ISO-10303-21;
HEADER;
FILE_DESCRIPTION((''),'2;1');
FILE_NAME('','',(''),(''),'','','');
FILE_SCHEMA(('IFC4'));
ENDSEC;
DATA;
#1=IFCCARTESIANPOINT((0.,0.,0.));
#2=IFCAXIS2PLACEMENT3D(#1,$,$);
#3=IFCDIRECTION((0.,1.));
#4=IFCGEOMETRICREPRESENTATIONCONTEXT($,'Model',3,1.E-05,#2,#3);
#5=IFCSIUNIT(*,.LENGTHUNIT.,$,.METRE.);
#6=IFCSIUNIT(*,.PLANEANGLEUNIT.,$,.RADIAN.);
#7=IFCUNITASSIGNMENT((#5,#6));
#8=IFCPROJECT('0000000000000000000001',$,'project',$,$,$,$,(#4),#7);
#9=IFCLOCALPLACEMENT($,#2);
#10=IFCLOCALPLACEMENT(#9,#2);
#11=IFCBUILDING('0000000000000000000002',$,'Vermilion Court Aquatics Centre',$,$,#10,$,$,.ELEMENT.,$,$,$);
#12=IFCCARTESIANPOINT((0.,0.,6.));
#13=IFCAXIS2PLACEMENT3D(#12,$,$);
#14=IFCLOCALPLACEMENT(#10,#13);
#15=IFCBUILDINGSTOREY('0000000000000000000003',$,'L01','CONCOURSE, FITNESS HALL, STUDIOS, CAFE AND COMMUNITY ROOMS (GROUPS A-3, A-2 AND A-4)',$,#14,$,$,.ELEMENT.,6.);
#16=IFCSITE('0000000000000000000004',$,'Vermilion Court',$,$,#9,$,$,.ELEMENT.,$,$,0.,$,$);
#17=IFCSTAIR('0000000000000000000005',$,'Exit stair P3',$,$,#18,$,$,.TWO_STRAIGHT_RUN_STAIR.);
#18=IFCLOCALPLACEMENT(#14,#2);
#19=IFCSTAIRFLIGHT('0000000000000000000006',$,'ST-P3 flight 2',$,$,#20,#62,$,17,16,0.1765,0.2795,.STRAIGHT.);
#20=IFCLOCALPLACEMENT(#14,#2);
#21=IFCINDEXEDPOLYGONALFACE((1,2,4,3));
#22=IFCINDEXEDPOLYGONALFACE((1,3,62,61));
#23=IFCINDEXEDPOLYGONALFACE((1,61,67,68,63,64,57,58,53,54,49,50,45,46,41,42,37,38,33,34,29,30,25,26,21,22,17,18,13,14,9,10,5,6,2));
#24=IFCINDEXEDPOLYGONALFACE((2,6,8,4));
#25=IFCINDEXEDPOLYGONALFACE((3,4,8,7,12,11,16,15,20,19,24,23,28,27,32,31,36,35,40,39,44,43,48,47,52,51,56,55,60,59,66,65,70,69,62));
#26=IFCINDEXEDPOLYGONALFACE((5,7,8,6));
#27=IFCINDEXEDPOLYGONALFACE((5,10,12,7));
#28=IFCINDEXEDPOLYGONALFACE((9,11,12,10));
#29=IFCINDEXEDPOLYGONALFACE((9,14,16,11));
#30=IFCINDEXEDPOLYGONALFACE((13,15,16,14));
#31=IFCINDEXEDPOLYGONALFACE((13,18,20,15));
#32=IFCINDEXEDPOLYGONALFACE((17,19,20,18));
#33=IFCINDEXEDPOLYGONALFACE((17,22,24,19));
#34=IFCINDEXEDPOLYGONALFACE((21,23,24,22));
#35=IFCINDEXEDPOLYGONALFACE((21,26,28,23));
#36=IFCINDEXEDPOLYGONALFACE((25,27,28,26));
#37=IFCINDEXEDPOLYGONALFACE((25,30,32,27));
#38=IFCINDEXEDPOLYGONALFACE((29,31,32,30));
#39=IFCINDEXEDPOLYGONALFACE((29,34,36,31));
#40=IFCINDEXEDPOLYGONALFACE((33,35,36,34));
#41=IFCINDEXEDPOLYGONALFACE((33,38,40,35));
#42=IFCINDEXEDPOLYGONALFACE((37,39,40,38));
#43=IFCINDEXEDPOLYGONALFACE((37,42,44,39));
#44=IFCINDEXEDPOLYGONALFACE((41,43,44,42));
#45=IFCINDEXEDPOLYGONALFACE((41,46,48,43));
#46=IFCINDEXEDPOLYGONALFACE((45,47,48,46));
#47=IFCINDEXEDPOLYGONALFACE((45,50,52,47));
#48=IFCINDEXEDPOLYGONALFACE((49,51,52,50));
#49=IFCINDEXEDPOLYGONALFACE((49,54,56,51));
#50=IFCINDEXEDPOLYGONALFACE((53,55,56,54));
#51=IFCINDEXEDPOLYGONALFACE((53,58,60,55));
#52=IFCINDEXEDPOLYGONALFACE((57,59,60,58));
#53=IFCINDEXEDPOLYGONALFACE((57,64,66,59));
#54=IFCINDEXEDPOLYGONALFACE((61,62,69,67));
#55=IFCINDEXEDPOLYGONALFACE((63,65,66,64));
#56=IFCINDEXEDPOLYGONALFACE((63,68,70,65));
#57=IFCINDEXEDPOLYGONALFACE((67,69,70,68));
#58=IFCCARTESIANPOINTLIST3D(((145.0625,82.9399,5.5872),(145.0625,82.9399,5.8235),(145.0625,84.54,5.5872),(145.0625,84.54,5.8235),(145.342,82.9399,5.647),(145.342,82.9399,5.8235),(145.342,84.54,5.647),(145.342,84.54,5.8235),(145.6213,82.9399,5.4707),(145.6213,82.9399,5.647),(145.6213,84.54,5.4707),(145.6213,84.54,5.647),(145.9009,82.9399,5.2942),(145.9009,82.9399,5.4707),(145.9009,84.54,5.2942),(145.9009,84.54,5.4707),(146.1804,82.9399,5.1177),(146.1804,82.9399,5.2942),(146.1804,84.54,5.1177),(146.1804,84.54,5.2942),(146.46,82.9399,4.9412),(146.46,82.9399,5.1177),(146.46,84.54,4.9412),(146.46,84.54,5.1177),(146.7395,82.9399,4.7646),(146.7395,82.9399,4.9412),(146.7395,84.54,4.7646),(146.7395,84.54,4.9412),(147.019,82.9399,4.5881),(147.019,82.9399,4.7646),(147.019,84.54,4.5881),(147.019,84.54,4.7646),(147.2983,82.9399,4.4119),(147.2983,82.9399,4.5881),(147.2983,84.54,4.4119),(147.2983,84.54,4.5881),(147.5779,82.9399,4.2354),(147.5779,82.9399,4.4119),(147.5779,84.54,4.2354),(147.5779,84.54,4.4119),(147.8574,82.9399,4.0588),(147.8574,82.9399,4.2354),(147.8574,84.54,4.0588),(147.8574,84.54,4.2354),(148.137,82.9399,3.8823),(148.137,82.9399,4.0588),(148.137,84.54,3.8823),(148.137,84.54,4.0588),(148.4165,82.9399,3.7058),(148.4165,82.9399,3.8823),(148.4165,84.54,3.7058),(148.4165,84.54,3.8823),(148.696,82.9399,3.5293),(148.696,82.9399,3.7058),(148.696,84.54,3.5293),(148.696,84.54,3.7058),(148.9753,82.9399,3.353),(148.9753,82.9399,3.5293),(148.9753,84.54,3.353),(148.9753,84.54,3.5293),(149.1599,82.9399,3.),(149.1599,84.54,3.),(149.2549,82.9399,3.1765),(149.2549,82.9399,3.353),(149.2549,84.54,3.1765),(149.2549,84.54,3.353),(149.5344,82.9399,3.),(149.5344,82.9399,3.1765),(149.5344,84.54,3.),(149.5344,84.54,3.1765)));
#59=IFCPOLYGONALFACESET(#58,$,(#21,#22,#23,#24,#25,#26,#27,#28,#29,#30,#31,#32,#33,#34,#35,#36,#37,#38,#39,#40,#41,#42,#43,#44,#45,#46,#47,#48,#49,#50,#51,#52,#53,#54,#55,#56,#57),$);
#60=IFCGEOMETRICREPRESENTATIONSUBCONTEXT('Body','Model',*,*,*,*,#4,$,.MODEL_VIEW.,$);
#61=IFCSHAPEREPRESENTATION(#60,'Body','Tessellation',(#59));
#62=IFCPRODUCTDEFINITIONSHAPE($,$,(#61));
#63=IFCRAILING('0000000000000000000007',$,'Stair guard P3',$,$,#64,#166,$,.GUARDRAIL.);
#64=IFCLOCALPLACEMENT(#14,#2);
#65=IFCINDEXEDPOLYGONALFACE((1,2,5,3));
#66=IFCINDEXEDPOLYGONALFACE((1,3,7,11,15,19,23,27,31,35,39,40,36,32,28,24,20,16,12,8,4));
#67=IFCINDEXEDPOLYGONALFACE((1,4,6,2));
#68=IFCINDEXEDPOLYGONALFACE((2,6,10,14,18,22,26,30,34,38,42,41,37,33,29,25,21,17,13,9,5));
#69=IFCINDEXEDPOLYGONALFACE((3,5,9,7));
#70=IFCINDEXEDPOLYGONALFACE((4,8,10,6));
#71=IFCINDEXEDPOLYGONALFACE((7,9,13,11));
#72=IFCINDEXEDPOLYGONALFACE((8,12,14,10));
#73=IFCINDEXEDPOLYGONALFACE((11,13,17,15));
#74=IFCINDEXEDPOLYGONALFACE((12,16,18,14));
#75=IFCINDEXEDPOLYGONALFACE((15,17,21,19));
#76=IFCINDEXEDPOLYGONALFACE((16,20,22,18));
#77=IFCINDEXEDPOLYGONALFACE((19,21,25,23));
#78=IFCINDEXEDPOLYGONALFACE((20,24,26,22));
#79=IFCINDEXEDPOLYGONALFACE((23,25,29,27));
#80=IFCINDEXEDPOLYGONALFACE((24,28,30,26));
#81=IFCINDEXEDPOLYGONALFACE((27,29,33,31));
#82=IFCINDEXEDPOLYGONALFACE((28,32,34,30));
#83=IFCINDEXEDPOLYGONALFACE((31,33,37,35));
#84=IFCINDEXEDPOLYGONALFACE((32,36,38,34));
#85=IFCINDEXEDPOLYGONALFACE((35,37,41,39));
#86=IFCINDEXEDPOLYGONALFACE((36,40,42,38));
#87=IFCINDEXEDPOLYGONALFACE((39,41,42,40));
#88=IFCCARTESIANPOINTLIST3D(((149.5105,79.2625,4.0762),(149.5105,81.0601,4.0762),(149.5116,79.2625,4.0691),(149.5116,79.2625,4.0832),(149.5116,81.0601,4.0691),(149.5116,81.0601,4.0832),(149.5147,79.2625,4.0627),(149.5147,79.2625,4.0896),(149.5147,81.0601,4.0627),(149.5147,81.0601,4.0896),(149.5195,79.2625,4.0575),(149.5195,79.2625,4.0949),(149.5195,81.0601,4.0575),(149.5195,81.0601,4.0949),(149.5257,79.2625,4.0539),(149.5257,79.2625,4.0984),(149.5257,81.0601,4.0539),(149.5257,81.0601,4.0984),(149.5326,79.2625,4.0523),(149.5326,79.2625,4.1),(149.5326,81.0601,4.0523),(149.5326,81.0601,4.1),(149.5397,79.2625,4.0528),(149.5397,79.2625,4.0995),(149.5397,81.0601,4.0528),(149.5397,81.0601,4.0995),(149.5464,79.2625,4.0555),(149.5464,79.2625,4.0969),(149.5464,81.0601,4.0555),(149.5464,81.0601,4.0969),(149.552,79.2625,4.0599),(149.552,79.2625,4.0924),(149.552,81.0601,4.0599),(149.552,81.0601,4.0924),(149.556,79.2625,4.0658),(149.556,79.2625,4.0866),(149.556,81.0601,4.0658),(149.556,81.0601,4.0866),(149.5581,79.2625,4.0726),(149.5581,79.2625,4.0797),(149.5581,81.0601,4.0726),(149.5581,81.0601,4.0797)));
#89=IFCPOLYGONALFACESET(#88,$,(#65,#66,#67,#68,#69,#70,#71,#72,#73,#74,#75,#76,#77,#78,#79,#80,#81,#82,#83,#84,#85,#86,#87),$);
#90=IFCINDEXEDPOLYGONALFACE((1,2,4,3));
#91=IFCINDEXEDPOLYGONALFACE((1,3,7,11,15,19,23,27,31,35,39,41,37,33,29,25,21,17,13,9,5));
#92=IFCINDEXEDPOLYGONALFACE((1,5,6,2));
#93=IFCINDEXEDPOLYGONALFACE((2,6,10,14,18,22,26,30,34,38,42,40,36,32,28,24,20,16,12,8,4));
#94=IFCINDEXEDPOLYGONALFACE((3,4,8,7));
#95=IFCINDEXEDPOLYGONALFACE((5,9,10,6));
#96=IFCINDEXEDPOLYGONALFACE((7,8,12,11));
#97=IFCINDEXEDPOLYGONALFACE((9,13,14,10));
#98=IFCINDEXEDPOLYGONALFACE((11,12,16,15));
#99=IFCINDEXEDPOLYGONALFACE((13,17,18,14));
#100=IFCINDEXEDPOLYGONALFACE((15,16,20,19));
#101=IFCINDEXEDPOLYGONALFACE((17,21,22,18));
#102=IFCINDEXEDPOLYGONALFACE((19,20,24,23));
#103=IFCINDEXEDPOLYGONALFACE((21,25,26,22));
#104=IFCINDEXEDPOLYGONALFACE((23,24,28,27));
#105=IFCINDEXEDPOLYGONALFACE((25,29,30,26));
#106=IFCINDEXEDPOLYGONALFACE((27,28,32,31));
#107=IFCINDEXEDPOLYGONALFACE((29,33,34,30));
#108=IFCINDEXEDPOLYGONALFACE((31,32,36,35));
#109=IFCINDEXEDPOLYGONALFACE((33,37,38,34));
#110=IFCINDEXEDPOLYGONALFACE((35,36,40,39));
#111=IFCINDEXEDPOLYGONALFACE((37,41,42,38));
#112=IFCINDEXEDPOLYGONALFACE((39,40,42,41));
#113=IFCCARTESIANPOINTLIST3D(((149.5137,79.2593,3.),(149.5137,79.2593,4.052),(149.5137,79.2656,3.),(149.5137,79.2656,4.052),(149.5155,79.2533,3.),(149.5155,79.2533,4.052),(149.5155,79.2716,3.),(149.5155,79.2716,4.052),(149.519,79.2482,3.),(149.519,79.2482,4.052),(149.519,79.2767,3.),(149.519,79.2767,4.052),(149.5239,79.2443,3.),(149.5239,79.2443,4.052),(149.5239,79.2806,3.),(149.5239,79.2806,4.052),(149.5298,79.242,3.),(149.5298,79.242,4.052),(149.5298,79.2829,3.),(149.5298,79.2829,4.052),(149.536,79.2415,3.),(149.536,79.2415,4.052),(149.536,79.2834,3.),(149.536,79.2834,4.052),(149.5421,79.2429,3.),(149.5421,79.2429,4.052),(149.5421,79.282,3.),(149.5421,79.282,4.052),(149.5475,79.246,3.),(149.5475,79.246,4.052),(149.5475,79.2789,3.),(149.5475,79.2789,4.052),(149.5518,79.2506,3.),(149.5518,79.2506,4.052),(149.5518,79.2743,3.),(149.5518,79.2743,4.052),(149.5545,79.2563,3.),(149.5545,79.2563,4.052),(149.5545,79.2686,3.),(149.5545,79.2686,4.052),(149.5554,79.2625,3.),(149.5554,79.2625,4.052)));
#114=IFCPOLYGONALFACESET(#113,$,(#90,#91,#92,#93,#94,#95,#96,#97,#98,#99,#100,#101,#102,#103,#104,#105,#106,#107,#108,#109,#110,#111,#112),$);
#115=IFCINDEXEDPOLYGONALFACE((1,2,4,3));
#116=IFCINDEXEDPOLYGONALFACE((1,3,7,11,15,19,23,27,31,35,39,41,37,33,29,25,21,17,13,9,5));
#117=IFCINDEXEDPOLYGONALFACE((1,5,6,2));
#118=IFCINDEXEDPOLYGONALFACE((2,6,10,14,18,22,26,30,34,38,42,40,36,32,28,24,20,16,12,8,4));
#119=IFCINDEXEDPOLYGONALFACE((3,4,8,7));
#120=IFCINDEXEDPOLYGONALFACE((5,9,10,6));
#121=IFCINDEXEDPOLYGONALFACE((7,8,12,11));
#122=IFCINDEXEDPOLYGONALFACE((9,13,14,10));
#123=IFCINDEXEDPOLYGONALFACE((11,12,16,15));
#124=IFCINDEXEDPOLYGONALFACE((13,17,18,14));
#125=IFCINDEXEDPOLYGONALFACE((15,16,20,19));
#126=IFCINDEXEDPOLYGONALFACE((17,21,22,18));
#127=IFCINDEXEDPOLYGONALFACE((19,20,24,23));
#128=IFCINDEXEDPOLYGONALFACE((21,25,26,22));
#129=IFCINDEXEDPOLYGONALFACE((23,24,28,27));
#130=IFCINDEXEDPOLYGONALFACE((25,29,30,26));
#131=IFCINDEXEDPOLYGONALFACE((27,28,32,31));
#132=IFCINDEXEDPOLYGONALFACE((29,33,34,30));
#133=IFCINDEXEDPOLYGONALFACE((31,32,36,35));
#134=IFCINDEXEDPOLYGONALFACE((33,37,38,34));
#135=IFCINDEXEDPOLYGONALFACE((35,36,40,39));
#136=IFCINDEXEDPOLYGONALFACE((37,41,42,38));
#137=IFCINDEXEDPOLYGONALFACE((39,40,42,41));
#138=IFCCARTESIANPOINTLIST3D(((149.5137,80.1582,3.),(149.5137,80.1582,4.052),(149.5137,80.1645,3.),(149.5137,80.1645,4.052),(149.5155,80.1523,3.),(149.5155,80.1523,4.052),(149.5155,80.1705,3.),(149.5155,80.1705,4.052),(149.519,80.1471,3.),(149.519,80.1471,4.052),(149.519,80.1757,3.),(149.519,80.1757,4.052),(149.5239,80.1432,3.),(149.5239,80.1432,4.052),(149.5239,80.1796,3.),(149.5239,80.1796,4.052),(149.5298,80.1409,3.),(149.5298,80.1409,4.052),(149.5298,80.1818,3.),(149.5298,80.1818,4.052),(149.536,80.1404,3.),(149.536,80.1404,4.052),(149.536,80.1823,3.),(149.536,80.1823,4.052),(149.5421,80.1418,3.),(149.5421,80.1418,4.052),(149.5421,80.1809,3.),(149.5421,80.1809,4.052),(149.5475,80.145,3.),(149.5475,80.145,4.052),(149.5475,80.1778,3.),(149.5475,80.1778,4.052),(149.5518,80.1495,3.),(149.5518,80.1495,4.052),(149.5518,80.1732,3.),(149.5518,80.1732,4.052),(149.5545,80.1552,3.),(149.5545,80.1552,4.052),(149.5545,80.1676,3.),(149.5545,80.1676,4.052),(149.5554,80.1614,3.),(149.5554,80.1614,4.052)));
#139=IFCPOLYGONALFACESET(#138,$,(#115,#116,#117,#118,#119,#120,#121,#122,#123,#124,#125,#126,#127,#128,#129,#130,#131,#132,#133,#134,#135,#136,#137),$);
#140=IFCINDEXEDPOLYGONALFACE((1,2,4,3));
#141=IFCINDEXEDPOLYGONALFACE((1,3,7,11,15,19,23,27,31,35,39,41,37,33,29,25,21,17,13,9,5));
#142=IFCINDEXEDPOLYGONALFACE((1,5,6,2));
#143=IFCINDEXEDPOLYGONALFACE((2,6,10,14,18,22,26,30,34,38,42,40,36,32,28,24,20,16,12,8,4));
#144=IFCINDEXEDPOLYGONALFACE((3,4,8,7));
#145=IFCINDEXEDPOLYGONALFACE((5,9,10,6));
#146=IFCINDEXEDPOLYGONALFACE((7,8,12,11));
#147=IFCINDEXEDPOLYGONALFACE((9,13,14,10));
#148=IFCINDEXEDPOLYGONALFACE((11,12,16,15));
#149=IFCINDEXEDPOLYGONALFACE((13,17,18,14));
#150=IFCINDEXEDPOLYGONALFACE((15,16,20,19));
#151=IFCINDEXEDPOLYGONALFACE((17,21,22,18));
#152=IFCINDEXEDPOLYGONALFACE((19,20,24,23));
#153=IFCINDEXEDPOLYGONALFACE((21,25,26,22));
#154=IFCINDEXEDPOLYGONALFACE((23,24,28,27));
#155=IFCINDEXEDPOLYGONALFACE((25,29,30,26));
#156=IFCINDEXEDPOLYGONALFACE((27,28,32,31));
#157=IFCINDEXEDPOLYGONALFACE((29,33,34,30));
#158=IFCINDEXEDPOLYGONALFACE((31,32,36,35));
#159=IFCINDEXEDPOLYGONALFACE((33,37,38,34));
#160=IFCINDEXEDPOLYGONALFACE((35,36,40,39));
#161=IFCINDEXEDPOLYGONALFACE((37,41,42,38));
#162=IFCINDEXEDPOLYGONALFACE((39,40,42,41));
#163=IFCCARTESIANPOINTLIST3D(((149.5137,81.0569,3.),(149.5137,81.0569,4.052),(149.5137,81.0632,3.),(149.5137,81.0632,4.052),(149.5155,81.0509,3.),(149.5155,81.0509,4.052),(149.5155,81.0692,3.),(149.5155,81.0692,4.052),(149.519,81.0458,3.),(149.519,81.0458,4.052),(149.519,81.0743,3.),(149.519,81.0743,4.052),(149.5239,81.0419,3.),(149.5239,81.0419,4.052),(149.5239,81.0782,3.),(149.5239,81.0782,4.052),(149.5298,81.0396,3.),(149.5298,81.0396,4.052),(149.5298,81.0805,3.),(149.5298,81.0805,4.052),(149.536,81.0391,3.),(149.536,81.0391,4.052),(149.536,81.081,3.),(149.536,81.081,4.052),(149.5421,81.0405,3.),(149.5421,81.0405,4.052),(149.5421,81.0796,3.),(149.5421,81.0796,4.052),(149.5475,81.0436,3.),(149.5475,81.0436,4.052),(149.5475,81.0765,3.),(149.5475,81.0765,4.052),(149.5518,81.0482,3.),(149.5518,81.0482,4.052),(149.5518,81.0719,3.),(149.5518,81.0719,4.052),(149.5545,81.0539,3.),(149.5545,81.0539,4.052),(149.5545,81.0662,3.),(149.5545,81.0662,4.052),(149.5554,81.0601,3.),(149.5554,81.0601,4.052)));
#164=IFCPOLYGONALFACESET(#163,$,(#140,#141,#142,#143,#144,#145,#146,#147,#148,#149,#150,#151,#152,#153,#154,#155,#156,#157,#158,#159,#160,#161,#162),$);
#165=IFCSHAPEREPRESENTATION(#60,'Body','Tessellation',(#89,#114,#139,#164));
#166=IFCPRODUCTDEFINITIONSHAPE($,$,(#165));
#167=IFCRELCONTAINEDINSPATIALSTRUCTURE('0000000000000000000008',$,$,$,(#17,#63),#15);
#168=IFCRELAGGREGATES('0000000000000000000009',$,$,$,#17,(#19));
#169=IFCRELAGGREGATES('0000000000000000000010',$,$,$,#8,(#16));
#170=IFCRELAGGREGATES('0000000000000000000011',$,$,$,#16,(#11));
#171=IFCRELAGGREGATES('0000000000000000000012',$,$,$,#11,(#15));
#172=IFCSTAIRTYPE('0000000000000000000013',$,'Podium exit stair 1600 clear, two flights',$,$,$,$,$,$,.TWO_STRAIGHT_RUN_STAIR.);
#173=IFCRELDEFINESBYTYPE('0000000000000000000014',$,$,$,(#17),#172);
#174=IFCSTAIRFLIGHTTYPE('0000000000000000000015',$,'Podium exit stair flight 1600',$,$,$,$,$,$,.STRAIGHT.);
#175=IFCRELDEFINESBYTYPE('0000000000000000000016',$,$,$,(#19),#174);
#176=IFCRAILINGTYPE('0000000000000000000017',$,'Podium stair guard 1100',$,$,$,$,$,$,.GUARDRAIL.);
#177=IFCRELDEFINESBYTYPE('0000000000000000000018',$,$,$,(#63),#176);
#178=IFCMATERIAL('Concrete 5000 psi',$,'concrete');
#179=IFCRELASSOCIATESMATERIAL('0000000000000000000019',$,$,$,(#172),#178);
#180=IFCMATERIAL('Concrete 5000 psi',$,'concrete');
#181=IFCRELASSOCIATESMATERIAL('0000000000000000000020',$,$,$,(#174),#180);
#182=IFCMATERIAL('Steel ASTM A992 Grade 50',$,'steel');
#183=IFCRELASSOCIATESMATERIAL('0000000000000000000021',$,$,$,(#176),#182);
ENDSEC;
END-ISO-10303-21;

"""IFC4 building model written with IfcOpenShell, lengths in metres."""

from ifc_helpers import new_model, si_unit, direction, frame, origin, origin_2d, place, context, subcontext, project, spatial, polyline, circle, outline, extrude, material, type_object, element, aggregate, save


model = new_model("IFC4")

# Units and contexts
model_context = context("Model", 3, precision=1e-05, world=origin(), true_north=direction((0.0, 1.0)))
body_context = subcontext(model_context, "Body", "Model", "MODEL_VIEW")
ifc_project = project(units=[si_unit("LENGTHUNIT", "METRE"), si_unit("PLANEANGLEUNIT", "RADIAN")], contexts=[model_context])

# Site, building, storey
site_placement = place(None, origin())
site = spatial("IfcSite", under=ifc_project, at=site_placement, Name="Vermilion Court", CompositionType="ELEMENT", RefElevation=0.0)
building_placement = place(site_placement, origin())
building = spatial("IfcBuilding", under=site, at=building_placement, Name="Vermilion Court Aquatics Centre", CompositionType="ELEMENT")
storey_placement = place(building_placement, frame((0.0, 0.0, 6.0)))
storey = spatial("IfcBuildingStorey", under=building, at=storey_placement, Name="L01", Description="CONCOURSE, FITNESS HALL, STUDIOS, CAFE AND COMMUNITY ROOMS (GROUPS A-3, A-2 AND A-4)", CompositionType="ELEMENT", Elevation=6.0)

# Stair, stair flight
ifc_material_1 = material(Name="Concrete 5000 psi", Category="concrete")
stair_type = type_object("IfcStairType", Name="Podium exit stair 1600 clear, two flights", PredefinedType="TWO_STRAIGHT_RUN_STAIR", material=ifc_material_1)
stair_placement = place(storey_placement, origin())
stair = element("IfcStair", 1, at=stair_placement, inside=storey, type_object=stair_type, Name="Exit stair P3", PredefinedType="TWO_STRAIGHT_RUN_STAIR")
ifc_material_2 = material(Name="Concrete 5000 psi", Category="concrete")
stair_flight_type = type_object("IfcStairFlightType", Name="Podium exit stair flight 1600", PredefinedType="STRAIGHT", material=ifc_material_2)
stair_flight_1_placement = place(storey_placement, frame((149.5344, 83.74, 3.0), z_axis=(0.0, 0.0, 1.0), x_axis=(-1.0, 0.0, 0.0)))
stair_flight_1 = element("IfcStairFlight", 2, at=stair_flight_1_placement, type_object=stair_flight_type, Name="ST-P3 flight 2", NumberOfRisers=17, NumberOfTreads=16, PredefinedType="STRAIGHT", RiserHeight=0.1765, TreadLength=0.2795, context=body_context, shape_type="SweptSolid", body=[
    extrude(outline(polyline([(0.0, 0.0), (0.0, 0.1765), (0.2795, 0.1765), (0.2795, 0.353), (0.5591, 0.353), (0.5591, 0.5293), (0.8384, 0.5293), (0.8384, 0.7058), (1.1179, 0.7058), (1.1179, 0.8823), (1.3975, 0.8823), (1.3975, 1.0588), (1.677, 1.0588), (1.677, 1.2354), (1.9565, 1.2354), (1.9565, 1.4119), (2.2361, 1.4119), (2.2361, 1.5881), (2.5154, 1.5881), (2.5154, 1.7646), (2.7949, 1.7646), (2.7949, 1.9412), (3.0745, 1.9412), (3.0745, 2.1177), (3.354, 2.1177), (3.354, 2.2942), (3.6335, 2.2942), (3.6335, 2.4707), (3.9131, 2.4707), (3.9131, 2.647), (4.1924, 2.647), (4.1924, 2.8235), (4.4719, 2.8235), (4.4719, 3.0), (4.4719, 2.5872), (0.3745, 0.0), (0.0, 0.0)])), frame((0.0, 0.8, 0.0), z_axis=(0.0, -1.0, 0.0), x_axis=(1.0, 0.0, 0.0)), (0.0, 0.0, 1.0), 1.6001),
])
aggregate(stair, [stair_flight_1])

# Railing
ifc_material_3 = material(Name="Steel ASTM A992 Grade 50", Category="steel")
railing_type_1 = type_object("IfcRailingType", Name="Podium stair guard 1100", PredefinedType="GUARDRAIL", material=ifc_material_3)
railing_1_placement = place(storey_placement, frame((149.5344, 79.2625, 3.0)))
element("IfcRailing", 3, at=railing_1_placement, inside=storey, type_object=railing_type_1, Name="Stair guard P3", PredefinedType="GUARDRAIL", context=body_context, shape_type="SweptSolid", body=[
    extrude(circle(Radius=0.0239, at=origin_2d()), frame((0.0, 0.0, 1.0762), z_axis=(0.0, 1.0, 0.0), x_axis=(-1.0, 0.0, 0.0)), (0.0, 0.0, 1.0), 1.7976),
    extrude(circle(Radius=0.021, at=origin_2d()), origin(), (0.0, 0.0, 1.0), 1.052),
    extrude(circle(Radius=0.021, at=origin_2d()), frame((0.0, 0.8989, 0.0)), (0.0, 0.0, 1.0), 1.052),
    extrude(circle(Radius=0.021, at=origin_2d()), frame((0.0, 1.7976, 0.0)), (0.0, 0.0, 1.0), 1.052),
])

save(model, "model.ifc")
